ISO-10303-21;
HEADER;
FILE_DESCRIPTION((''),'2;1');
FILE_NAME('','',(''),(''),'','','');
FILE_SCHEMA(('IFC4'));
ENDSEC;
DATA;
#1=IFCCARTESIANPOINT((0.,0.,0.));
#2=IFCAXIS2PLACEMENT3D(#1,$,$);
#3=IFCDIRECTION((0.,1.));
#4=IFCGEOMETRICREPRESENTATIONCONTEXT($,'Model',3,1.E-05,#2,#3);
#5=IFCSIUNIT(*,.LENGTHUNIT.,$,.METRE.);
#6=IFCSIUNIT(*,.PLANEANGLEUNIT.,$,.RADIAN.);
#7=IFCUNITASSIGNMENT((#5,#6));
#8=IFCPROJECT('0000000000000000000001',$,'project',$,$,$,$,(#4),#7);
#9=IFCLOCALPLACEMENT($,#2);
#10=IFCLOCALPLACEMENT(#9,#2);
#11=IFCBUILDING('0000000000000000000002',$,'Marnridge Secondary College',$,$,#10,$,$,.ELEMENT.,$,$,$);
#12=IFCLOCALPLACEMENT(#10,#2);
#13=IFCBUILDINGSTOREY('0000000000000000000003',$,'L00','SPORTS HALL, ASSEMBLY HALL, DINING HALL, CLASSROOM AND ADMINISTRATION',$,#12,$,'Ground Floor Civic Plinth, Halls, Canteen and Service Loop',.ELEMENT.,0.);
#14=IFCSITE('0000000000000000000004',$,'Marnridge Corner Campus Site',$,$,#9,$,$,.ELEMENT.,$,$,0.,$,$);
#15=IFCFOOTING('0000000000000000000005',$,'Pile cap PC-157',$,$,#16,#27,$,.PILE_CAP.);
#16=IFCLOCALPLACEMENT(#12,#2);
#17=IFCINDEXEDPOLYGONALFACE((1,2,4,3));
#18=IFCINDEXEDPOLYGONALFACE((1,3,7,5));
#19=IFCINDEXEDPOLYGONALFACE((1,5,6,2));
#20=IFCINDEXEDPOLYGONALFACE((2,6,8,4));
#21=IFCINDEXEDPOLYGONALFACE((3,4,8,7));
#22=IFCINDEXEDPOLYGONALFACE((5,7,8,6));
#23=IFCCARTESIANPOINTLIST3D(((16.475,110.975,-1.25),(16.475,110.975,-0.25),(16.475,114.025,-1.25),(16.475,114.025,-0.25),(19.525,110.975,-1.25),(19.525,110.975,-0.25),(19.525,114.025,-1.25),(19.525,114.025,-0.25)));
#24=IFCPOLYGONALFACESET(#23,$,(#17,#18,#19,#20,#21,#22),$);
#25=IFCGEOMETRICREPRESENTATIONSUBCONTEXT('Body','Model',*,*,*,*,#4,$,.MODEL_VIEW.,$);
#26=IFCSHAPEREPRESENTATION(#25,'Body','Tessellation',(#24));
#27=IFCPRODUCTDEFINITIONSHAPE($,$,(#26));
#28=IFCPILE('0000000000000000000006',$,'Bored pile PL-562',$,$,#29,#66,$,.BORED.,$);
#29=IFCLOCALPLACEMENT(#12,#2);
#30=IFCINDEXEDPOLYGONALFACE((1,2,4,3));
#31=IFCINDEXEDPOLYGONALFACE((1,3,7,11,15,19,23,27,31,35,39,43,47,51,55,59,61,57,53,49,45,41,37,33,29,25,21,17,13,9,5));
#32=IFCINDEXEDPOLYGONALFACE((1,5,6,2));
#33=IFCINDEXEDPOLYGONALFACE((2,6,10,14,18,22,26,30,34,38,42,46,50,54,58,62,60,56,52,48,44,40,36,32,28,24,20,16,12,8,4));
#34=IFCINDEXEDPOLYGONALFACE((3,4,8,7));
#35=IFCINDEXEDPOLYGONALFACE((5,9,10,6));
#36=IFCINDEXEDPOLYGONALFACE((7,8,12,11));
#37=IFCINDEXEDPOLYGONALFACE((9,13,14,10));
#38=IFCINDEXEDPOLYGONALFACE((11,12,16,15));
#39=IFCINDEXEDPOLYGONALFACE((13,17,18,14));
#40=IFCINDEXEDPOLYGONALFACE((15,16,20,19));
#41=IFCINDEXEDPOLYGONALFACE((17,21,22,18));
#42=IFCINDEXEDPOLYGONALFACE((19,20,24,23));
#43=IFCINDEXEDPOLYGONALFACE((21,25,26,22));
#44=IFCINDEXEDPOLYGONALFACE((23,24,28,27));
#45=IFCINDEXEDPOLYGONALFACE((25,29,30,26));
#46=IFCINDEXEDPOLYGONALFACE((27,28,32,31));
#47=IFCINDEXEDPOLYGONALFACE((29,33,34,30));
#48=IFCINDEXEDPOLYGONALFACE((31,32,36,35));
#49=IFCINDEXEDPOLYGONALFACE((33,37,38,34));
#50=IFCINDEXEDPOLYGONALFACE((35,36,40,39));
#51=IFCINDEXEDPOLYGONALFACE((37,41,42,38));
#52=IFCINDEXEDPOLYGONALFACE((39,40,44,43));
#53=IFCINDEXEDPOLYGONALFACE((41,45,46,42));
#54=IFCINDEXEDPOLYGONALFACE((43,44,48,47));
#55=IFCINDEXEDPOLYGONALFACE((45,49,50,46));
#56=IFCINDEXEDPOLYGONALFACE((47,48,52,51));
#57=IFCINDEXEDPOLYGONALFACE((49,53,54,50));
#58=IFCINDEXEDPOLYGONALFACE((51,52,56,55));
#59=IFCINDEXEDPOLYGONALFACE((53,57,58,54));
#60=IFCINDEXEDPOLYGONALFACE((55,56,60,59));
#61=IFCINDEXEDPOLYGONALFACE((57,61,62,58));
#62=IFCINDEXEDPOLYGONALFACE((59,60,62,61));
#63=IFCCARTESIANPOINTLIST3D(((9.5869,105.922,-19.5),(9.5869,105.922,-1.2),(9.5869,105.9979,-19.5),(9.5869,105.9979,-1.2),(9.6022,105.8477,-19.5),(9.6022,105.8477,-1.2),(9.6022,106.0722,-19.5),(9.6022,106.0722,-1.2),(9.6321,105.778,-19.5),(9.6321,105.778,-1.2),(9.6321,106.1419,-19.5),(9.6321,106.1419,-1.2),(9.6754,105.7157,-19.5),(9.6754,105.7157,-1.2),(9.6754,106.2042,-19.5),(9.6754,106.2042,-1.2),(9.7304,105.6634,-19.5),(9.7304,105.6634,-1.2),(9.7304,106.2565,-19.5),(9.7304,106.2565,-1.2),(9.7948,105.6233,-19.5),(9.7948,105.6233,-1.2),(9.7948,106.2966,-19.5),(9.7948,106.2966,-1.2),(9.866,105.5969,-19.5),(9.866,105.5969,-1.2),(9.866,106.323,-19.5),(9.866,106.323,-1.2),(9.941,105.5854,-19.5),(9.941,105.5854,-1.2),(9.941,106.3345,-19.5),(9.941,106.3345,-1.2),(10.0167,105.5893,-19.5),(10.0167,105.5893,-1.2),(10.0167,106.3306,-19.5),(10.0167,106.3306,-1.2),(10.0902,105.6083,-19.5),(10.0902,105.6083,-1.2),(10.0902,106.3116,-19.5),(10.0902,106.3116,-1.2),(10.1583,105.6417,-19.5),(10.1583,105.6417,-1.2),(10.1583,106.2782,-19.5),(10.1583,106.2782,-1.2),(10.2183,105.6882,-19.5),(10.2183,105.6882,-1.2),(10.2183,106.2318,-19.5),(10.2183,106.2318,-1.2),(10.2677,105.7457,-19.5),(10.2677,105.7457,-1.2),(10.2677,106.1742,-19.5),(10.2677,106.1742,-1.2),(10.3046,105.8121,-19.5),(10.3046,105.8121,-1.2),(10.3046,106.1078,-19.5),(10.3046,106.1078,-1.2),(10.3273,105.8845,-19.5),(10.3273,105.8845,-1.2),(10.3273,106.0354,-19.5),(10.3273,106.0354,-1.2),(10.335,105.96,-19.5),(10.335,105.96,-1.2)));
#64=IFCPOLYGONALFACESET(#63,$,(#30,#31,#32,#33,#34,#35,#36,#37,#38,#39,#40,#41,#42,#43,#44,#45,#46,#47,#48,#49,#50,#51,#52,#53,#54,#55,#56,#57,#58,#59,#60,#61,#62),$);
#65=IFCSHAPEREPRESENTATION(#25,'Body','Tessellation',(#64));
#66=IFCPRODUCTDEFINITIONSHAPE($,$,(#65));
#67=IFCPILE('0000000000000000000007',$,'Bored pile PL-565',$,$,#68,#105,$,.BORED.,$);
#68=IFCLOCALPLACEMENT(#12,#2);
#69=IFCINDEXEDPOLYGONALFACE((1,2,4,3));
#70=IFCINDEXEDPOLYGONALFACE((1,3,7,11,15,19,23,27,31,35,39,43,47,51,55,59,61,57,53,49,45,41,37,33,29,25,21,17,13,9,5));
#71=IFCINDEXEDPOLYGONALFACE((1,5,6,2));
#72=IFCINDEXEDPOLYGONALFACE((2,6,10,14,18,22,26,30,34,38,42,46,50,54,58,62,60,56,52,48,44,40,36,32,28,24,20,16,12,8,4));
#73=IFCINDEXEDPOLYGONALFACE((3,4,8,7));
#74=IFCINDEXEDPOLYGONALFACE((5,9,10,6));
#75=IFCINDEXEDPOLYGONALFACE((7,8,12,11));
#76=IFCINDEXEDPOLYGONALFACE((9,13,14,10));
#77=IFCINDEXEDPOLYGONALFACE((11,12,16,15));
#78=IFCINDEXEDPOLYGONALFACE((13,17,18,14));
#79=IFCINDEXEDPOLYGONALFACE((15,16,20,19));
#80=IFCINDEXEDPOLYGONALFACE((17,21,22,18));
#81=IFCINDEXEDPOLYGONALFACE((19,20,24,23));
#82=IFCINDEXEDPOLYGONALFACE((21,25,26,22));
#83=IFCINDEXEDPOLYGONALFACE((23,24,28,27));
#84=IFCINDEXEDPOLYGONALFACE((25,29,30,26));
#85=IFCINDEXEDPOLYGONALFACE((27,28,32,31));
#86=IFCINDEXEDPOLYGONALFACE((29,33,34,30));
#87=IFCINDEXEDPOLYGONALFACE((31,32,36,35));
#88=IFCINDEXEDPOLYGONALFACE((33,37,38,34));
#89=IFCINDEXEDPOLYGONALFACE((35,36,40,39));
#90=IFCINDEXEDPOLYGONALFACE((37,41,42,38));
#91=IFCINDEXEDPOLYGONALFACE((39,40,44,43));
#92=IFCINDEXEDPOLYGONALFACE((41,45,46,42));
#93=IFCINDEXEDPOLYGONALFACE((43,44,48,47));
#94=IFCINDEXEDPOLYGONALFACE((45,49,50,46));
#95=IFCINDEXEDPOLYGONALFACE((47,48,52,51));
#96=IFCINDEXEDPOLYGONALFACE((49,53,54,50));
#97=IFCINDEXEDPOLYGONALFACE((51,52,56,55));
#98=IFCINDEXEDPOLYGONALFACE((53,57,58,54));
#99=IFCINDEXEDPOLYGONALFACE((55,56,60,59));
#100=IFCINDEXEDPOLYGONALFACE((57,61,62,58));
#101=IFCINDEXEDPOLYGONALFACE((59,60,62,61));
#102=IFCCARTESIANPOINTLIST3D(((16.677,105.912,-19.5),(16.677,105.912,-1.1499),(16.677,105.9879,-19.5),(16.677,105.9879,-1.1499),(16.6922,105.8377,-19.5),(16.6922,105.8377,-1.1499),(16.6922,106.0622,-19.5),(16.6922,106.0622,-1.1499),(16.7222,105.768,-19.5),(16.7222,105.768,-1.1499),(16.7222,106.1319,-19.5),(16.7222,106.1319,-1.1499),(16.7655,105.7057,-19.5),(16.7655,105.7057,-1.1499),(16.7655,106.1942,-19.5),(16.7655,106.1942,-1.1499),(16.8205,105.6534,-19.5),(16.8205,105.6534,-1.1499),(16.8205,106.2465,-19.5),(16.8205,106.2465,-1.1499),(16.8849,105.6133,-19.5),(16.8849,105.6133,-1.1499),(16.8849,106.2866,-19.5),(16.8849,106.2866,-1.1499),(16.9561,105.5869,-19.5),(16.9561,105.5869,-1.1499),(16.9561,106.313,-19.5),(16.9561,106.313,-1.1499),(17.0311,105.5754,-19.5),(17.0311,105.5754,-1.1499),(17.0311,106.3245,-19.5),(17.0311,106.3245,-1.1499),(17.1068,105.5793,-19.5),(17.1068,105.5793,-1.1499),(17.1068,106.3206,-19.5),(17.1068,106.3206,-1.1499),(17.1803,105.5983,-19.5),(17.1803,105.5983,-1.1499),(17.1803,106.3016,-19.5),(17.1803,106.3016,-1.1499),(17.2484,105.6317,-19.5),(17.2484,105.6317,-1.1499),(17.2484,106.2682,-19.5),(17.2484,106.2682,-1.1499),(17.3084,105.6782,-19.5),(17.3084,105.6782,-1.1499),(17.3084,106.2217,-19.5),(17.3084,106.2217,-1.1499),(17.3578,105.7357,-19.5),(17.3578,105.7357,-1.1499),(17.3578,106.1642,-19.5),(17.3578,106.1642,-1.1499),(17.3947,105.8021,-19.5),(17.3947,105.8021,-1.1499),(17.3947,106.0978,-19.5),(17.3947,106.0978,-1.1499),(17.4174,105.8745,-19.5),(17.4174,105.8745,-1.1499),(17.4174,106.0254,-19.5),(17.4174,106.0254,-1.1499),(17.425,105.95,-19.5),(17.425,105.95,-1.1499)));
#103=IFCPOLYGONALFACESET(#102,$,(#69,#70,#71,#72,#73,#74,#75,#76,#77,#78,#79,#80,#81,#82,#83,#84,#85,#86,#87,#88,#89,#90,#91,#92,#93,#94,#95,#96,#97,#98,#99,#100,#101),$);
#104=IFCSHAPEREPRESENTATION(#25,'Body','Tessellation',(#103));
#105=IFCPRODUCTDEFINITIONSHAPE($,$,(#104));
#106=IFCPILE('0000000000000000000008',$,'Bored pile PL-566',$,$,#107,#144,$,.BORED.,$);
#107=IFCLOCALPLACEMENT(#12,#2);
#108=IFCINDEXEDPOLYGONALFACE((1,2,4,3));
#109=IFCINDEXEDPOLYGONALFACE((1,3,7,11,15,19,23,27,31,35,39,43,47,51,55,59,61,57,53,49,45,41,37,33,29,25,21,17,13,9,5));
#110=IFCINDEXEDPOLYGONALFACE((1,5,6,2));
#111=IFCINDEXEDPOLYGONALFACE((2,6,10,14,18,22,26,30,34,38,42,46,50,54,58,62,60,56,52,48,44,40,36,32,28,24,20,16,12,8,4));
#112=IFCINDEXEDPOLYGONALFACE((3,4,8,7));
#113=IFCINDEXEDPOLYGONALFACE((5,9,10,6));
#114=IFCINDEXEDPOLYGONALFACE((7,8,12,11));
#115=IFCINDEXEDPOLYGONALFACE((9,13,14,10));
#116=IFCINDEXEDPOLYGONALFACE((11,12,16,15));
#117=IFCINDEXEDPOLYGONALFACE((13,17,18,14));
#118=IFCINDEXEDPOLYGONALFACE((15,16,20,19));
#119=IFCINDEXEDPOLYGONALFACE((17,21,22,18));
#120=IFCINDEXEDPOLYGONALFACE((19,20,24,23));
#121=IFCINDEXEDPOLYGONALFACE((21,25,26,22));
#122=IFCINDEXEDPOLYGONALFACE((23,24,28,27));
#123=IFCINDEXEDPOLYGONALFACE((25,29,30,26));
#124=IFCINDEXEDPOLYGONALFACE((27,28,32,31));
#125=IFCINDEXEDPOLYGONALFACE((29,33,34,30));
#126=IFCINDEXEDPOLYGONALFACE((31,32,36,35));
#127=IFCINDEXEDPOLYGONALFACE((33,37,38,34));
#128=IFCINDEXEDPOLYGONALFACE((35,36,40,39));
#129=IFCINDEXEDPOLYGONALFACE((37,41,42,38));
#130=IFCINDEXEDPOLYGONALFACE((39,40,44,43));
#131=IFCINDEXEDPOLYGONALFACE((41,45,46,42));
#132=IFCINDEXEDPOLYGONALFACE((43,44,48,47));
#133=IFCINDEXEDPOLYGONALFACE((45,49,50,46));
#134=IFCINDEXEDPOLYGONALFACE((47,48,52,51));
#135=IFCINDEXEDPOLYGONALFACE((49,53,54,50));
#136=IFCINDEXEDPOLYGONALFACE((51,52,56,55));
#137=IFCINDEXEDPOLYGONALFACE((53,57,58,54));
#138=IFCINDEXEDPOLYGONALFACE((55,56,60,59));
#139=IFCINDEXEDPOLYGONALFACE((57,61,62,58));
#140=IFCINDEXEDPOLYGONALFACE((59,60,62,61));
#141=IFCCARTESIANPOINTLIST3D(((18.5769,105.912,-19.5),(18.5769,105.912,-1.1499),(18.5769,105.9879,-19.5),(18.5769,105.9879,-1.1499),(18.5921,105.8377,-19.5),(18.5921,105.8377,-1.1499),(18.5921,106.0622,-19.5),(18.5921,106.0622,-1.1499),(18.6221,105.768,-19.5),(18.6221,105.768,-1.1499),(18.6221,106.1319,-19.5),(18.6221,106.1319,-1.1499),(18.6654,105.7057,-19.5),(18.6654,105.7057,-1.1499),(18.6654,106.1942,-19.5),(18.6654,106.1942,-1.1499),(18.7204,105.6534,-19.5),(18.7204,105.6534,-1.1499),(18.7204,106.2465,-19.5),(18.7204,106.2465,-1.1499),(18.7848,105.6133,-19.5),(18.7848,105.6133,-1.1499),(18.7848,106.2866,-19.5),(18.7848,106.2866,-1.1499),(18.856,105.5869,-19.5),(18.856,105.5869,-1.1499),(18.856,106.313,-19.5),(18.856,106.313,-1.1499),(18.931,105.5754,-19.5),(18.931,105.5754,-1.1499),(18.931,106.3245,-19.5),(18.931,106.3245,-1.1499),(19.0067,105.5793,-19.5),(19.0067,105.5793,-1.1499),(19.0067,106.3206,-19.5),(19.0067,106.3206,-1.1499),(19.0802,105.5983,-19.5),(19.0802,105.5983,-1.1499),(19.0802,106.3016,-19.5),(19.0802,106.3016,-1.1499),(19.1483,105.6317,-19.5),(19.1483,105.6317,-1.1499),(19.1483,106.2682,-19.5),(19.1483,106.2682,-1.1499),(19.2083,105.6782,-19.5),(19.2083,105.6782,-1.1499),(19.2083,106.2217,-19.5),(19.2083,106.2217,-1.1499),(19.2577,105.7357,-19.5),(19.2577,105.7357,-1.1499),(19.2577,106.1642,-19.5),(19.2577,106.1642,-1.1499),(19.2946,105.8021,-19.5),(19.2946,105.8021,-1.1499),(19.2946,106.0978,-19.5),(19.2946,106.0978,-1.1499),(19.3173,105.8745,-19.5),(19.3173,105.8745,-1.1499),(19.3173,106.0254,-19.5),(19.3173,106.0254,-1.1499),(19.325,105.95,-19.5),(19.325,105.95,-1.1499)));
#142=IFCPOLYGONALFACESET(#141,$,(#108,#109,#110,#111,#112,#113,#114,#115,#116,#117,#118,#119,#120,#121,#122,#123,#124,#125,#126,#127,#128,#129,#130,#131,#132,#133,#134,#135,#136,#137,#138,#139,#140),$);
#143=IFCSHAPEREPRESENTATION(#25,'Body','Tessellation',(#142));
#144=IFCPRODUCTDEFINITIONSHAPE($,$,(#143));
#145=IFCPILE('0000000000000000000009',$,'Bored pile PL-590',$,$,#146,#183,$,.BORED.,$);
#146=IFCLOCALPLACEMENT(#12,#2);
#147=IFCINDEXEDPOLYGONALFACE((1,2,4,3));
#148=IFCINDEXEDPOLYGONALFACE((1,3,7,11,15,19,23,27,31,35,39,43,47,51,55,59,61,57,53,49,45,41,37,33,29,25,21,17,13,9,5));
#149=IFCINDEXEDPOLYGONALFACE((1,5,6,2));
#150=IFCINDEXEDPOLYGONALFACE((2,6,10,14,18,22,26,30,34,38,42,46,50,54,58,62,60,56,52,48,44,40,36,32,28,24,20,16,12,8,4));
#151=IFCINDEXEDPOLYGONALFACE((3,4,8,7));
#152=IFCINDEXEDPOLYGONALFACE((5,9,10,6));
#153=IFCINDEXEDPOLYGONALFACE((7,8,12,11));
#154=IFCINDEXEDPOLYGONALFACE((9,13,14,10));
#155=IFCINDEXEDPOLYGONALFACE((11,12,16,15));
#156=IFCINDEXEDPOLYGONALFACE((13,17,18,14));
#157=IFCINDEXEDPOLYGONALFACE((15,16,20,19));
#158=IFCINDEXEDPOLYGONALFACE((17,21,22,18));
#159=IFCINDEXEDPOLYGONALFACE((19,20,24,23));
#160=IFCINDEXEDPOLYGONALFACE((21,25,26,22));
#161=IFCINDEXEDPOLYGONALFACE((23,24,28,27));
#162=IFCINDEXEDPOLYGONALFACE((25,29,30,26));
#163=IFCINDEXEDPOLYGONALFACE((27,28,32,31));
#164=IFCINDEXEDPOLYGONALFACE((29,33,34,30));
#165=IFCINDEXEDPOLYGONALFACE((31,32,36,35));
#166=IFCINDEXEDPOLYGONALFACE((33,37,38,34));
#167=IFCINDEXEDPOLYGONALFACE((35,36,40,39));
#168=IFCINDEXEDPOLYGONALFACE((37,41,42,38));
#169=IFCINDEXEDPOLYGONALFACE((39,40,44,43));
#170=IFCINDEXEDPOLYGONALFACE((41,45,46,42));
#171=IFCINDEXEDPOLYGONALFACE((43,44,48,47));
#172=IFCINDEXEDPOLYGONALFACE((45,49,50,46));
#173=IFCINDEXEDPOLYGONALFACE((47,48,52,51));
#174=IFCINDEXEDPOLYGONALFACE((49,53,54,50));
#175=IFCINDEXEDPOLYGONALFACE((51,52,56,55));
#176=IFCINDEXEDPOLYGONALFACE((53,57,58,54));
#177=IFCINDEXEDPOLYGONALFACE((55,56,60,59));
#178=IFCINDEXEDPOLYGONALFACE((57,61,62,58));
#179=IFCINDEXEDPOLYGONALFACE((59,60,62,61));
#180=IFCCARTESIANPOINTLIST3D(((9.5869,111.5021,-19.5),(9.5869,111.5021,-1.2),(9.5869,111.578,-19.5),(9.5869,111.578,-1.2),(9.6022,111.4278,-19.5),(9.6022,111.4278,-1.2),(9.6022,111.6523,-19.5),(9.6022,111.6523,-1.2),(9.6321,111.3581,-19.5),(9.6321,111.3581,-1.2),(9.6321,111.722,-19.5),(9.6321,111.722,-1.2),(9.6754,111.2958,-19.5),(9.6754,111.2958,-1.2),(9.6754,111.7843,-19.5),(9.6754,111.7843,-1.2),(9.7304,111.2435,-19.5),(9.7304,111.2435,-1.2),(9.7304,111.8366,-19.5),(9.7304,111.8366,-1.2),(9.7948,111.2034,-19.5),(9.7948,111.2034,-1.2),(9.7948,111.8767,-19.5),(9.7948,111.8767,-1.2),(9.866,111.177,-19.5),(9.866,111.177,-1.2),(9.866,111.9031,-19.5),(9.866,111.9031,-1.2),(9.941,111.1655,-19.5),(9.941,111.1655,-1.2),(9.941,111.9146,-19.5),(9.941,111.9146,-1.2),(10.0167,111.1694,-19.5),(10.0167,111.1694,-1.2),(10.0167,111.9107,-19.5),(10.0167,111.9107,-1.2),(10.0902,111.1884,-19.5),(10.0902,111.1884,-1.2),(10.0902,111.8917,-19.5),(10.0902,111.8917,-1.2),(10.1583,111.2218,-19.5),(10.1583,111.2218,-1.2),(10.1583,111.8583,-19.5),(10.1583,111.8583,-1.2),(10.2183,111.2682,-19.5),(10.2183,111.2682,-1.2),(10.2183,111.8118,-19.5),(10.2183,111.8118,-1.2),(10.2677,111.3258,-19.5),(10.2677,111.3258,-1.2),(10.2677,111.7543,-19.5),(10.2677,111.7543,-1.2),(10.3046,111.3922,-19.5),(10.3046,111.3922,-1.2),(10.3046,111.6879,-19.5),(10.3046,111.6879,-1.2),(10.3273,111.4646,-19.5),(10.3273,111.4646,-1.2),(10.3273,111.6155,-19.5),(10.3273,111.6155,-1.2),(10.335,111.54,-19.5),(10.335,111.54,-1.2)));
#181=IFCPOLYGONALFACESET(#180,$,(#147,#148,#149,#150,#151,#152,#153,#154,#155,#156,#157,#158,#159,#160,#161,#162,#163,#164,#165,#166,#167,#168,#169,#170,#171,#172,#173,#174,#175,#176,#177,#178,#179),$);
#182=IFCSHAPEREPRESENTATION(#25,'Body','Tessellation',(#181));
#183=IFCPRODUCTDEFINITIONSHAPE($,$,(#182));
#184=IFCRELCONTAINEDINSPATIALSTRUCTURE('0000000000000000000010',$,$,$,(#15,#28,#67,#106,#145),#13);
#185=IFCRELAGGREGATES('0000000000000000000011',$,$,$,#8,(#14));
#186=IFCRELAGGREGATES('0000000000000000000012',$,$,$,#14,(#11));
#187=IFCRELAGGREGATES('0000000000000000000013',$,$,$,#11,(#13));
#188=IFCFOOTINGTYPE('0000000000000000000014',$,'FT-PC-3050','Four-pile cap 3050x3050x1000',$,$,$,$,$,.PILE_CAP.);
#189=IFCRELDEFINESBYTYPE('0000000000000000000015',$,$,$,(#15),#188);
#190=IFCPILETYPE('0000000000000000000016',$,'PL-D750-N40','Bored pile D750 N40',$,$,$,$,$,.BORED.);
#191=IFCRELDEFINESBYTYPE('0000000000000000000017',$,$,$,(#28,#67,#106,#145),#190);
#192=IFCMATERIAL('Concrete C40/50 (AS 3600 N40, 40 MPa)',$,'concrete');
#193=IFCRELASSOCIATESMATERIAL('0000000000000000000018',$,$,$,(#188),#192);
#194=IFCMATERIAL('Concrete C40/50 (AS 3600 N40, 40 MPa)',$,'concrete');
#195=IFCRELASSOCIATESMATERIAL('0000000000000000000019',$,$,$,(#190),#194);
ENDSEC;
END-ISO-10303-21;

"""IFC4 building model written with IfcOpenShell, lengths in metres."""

from ifc_helpers import new_model, si_unit, direction, frame, origin, origin_2d, place, context, subcontext, project, spatial, rectangle, circle, extrude, material, material_profile, profile_set, type_object, element, save


model = new_model("IFC4")

# Units and contexts
model_context = context("Model", 3, precision=1e-05, world=origin(), true_north=direction((0.0, 1.0)))
body_context = subcontext(model_context, "Body", "Model", "MODEL_VIEW")
ifc_project = project(units=[si_unit("LENGTHUNIT", "METRE"), si_unit("PLANEANGLEUNIT", "RADIAN")], contexts=[model_context])

# Site, building, storey
site_placement = place(None, origin())
site = spatial("IfcSite", under=ifc_project, at=site_placement, Name="Marnridge Corner Campus Site", CompositionType="ELEMENT", RefElevation=0.0)
building_placement = place(site_placement, origin())
building = spatial("IfcBuilding", under=site, at=building_placement, Name="Marnridge Secondary College", CompositionType="ELEMENT")
storey_placement = place(building_placement, origin())
storey = spatial("IfcBuildingStorey", under=building, at=storey_placement, Name="L00", Description="SPORTS HALL, ASSEMBLY HALL, DINING HALL, CLASSROOM AND ADMINISTRATION", LongName="Ground Floor Civic Plinth, Halls, Canteen and Service Loop", CompositionType="ELEMENT", Elevation=0.0)

# Footing
ifc_material_1 = material(Name="Concrete C40/50 (AS 3600 N40, 40 MPa)", Category="concrete")
footing_type = type_object("IfcFootingType", Name="FT-PC-3050", Description="Four-pile cap 3050x3050x1000", PredefinedType="PILE_CAP", material=ifc_material_1)
footing_placement = place(storey_placement, frame((18.0, 112.5, -1.25), z_axis=(0.0, 0.0, 1.0), x_axis=(1.0, 0.0, 0.0)))
element("IfcFooting", 1, at=footing_placement, inside=storey, type_object=footing_type, Name="Pile cap PC-157", PredefinedType="PILE_CAP", context=body_context, shape_type="SweptSolid", body=[
    extrude(rectangle(XDim=3.05, YDim=3.05, at=origin_2d()), origin(), (0.0, 0.0, 1.0), 1.0),
])

# Piles
ifc_material_2 = material(Name="Concrete C40/50 (AS 3600 N40, 40 MPa)", Category="concrete")
ifc_material_profile_1 = material_profile(ifc_material_2, circle(Radius=0.375, at=origin_2d()), Name="PILE D750")
ifc_profile_set_1 = profile_set([ifc_material_profile_1], Name="Concrete C40/50 (AS 3600 N40, 40 MPa)")
pile_type = type_object("IfcPileType", Name="PL-D750-N40", Description="Bored pile D750 N40", PredefinedType="BORED", material=ifc_profile_set_1)
pile_1_placement = place(storey_placement, frame((9.96, 105.96, -1.2), z_axis=(0.0, 0.0, -1.0), x_axis=(1.0, 0.0, 0.0)))
element("IfcPile", 2, at=pile_1_placement, inside=storey, type_object=pile_type, Name="Bored pile PL-562", PredefinedType="BORED", context=body_context, shape_type="SweptSolid", body=[
    extrude(circle(Radius=0.375, at=origin_2d()), origin(), (0.0, 0.0, 1.0), 18.3),
])
for number, where, z_axis, x_axis, name in (
    (3, (17.05, 105.95, -1.1499), (0.0, 0.0, -1.0), (1.0, 0.0, 0.0), "Bored pile PL-565"),
    (4, (18.95, 105.95, -1.1499), (0.0, 0.0, -1.0), (1.0, 0.0, 0.0), "Bored pile PL-566"),
):
    element("IfcPile", number, at=place(storey_placement, frame(where, z_axis=z_axis, x_axis=x_axis)), inside=storey, type_object=pile_type, Name=name, PredefinedType="BORED", context=body_context, shape_type="SweptSolid", body=[
        extrude(circle(Radius=0.375, at=origin_2d()), origin(), (0.0, 0.0, 1.0), 18.3501),
    ])
for number, where, z_axis, x_axis, name in (
    (5, (9.96, 111.54, -1.2), (0.0, 0.0, -1.0), (1.0, 0.0, 0.0), "Bored pile PL-590"),
):
    element("IfcPile", number, at=place(storey_placement, frame(where, z_axis=z_axis, x_axis=x_axis)), inside=storey, type_object=pile_type, Name=name, PredefinedType="BORED", context=body_context, shape_type="SweptSolid", body=[
        extrude(circle(Radius=0.375, at=origin_2d()), origin(), (0.0, 0.0, 1.0), 18.3),
    ])

save(model, "model.ifc")
